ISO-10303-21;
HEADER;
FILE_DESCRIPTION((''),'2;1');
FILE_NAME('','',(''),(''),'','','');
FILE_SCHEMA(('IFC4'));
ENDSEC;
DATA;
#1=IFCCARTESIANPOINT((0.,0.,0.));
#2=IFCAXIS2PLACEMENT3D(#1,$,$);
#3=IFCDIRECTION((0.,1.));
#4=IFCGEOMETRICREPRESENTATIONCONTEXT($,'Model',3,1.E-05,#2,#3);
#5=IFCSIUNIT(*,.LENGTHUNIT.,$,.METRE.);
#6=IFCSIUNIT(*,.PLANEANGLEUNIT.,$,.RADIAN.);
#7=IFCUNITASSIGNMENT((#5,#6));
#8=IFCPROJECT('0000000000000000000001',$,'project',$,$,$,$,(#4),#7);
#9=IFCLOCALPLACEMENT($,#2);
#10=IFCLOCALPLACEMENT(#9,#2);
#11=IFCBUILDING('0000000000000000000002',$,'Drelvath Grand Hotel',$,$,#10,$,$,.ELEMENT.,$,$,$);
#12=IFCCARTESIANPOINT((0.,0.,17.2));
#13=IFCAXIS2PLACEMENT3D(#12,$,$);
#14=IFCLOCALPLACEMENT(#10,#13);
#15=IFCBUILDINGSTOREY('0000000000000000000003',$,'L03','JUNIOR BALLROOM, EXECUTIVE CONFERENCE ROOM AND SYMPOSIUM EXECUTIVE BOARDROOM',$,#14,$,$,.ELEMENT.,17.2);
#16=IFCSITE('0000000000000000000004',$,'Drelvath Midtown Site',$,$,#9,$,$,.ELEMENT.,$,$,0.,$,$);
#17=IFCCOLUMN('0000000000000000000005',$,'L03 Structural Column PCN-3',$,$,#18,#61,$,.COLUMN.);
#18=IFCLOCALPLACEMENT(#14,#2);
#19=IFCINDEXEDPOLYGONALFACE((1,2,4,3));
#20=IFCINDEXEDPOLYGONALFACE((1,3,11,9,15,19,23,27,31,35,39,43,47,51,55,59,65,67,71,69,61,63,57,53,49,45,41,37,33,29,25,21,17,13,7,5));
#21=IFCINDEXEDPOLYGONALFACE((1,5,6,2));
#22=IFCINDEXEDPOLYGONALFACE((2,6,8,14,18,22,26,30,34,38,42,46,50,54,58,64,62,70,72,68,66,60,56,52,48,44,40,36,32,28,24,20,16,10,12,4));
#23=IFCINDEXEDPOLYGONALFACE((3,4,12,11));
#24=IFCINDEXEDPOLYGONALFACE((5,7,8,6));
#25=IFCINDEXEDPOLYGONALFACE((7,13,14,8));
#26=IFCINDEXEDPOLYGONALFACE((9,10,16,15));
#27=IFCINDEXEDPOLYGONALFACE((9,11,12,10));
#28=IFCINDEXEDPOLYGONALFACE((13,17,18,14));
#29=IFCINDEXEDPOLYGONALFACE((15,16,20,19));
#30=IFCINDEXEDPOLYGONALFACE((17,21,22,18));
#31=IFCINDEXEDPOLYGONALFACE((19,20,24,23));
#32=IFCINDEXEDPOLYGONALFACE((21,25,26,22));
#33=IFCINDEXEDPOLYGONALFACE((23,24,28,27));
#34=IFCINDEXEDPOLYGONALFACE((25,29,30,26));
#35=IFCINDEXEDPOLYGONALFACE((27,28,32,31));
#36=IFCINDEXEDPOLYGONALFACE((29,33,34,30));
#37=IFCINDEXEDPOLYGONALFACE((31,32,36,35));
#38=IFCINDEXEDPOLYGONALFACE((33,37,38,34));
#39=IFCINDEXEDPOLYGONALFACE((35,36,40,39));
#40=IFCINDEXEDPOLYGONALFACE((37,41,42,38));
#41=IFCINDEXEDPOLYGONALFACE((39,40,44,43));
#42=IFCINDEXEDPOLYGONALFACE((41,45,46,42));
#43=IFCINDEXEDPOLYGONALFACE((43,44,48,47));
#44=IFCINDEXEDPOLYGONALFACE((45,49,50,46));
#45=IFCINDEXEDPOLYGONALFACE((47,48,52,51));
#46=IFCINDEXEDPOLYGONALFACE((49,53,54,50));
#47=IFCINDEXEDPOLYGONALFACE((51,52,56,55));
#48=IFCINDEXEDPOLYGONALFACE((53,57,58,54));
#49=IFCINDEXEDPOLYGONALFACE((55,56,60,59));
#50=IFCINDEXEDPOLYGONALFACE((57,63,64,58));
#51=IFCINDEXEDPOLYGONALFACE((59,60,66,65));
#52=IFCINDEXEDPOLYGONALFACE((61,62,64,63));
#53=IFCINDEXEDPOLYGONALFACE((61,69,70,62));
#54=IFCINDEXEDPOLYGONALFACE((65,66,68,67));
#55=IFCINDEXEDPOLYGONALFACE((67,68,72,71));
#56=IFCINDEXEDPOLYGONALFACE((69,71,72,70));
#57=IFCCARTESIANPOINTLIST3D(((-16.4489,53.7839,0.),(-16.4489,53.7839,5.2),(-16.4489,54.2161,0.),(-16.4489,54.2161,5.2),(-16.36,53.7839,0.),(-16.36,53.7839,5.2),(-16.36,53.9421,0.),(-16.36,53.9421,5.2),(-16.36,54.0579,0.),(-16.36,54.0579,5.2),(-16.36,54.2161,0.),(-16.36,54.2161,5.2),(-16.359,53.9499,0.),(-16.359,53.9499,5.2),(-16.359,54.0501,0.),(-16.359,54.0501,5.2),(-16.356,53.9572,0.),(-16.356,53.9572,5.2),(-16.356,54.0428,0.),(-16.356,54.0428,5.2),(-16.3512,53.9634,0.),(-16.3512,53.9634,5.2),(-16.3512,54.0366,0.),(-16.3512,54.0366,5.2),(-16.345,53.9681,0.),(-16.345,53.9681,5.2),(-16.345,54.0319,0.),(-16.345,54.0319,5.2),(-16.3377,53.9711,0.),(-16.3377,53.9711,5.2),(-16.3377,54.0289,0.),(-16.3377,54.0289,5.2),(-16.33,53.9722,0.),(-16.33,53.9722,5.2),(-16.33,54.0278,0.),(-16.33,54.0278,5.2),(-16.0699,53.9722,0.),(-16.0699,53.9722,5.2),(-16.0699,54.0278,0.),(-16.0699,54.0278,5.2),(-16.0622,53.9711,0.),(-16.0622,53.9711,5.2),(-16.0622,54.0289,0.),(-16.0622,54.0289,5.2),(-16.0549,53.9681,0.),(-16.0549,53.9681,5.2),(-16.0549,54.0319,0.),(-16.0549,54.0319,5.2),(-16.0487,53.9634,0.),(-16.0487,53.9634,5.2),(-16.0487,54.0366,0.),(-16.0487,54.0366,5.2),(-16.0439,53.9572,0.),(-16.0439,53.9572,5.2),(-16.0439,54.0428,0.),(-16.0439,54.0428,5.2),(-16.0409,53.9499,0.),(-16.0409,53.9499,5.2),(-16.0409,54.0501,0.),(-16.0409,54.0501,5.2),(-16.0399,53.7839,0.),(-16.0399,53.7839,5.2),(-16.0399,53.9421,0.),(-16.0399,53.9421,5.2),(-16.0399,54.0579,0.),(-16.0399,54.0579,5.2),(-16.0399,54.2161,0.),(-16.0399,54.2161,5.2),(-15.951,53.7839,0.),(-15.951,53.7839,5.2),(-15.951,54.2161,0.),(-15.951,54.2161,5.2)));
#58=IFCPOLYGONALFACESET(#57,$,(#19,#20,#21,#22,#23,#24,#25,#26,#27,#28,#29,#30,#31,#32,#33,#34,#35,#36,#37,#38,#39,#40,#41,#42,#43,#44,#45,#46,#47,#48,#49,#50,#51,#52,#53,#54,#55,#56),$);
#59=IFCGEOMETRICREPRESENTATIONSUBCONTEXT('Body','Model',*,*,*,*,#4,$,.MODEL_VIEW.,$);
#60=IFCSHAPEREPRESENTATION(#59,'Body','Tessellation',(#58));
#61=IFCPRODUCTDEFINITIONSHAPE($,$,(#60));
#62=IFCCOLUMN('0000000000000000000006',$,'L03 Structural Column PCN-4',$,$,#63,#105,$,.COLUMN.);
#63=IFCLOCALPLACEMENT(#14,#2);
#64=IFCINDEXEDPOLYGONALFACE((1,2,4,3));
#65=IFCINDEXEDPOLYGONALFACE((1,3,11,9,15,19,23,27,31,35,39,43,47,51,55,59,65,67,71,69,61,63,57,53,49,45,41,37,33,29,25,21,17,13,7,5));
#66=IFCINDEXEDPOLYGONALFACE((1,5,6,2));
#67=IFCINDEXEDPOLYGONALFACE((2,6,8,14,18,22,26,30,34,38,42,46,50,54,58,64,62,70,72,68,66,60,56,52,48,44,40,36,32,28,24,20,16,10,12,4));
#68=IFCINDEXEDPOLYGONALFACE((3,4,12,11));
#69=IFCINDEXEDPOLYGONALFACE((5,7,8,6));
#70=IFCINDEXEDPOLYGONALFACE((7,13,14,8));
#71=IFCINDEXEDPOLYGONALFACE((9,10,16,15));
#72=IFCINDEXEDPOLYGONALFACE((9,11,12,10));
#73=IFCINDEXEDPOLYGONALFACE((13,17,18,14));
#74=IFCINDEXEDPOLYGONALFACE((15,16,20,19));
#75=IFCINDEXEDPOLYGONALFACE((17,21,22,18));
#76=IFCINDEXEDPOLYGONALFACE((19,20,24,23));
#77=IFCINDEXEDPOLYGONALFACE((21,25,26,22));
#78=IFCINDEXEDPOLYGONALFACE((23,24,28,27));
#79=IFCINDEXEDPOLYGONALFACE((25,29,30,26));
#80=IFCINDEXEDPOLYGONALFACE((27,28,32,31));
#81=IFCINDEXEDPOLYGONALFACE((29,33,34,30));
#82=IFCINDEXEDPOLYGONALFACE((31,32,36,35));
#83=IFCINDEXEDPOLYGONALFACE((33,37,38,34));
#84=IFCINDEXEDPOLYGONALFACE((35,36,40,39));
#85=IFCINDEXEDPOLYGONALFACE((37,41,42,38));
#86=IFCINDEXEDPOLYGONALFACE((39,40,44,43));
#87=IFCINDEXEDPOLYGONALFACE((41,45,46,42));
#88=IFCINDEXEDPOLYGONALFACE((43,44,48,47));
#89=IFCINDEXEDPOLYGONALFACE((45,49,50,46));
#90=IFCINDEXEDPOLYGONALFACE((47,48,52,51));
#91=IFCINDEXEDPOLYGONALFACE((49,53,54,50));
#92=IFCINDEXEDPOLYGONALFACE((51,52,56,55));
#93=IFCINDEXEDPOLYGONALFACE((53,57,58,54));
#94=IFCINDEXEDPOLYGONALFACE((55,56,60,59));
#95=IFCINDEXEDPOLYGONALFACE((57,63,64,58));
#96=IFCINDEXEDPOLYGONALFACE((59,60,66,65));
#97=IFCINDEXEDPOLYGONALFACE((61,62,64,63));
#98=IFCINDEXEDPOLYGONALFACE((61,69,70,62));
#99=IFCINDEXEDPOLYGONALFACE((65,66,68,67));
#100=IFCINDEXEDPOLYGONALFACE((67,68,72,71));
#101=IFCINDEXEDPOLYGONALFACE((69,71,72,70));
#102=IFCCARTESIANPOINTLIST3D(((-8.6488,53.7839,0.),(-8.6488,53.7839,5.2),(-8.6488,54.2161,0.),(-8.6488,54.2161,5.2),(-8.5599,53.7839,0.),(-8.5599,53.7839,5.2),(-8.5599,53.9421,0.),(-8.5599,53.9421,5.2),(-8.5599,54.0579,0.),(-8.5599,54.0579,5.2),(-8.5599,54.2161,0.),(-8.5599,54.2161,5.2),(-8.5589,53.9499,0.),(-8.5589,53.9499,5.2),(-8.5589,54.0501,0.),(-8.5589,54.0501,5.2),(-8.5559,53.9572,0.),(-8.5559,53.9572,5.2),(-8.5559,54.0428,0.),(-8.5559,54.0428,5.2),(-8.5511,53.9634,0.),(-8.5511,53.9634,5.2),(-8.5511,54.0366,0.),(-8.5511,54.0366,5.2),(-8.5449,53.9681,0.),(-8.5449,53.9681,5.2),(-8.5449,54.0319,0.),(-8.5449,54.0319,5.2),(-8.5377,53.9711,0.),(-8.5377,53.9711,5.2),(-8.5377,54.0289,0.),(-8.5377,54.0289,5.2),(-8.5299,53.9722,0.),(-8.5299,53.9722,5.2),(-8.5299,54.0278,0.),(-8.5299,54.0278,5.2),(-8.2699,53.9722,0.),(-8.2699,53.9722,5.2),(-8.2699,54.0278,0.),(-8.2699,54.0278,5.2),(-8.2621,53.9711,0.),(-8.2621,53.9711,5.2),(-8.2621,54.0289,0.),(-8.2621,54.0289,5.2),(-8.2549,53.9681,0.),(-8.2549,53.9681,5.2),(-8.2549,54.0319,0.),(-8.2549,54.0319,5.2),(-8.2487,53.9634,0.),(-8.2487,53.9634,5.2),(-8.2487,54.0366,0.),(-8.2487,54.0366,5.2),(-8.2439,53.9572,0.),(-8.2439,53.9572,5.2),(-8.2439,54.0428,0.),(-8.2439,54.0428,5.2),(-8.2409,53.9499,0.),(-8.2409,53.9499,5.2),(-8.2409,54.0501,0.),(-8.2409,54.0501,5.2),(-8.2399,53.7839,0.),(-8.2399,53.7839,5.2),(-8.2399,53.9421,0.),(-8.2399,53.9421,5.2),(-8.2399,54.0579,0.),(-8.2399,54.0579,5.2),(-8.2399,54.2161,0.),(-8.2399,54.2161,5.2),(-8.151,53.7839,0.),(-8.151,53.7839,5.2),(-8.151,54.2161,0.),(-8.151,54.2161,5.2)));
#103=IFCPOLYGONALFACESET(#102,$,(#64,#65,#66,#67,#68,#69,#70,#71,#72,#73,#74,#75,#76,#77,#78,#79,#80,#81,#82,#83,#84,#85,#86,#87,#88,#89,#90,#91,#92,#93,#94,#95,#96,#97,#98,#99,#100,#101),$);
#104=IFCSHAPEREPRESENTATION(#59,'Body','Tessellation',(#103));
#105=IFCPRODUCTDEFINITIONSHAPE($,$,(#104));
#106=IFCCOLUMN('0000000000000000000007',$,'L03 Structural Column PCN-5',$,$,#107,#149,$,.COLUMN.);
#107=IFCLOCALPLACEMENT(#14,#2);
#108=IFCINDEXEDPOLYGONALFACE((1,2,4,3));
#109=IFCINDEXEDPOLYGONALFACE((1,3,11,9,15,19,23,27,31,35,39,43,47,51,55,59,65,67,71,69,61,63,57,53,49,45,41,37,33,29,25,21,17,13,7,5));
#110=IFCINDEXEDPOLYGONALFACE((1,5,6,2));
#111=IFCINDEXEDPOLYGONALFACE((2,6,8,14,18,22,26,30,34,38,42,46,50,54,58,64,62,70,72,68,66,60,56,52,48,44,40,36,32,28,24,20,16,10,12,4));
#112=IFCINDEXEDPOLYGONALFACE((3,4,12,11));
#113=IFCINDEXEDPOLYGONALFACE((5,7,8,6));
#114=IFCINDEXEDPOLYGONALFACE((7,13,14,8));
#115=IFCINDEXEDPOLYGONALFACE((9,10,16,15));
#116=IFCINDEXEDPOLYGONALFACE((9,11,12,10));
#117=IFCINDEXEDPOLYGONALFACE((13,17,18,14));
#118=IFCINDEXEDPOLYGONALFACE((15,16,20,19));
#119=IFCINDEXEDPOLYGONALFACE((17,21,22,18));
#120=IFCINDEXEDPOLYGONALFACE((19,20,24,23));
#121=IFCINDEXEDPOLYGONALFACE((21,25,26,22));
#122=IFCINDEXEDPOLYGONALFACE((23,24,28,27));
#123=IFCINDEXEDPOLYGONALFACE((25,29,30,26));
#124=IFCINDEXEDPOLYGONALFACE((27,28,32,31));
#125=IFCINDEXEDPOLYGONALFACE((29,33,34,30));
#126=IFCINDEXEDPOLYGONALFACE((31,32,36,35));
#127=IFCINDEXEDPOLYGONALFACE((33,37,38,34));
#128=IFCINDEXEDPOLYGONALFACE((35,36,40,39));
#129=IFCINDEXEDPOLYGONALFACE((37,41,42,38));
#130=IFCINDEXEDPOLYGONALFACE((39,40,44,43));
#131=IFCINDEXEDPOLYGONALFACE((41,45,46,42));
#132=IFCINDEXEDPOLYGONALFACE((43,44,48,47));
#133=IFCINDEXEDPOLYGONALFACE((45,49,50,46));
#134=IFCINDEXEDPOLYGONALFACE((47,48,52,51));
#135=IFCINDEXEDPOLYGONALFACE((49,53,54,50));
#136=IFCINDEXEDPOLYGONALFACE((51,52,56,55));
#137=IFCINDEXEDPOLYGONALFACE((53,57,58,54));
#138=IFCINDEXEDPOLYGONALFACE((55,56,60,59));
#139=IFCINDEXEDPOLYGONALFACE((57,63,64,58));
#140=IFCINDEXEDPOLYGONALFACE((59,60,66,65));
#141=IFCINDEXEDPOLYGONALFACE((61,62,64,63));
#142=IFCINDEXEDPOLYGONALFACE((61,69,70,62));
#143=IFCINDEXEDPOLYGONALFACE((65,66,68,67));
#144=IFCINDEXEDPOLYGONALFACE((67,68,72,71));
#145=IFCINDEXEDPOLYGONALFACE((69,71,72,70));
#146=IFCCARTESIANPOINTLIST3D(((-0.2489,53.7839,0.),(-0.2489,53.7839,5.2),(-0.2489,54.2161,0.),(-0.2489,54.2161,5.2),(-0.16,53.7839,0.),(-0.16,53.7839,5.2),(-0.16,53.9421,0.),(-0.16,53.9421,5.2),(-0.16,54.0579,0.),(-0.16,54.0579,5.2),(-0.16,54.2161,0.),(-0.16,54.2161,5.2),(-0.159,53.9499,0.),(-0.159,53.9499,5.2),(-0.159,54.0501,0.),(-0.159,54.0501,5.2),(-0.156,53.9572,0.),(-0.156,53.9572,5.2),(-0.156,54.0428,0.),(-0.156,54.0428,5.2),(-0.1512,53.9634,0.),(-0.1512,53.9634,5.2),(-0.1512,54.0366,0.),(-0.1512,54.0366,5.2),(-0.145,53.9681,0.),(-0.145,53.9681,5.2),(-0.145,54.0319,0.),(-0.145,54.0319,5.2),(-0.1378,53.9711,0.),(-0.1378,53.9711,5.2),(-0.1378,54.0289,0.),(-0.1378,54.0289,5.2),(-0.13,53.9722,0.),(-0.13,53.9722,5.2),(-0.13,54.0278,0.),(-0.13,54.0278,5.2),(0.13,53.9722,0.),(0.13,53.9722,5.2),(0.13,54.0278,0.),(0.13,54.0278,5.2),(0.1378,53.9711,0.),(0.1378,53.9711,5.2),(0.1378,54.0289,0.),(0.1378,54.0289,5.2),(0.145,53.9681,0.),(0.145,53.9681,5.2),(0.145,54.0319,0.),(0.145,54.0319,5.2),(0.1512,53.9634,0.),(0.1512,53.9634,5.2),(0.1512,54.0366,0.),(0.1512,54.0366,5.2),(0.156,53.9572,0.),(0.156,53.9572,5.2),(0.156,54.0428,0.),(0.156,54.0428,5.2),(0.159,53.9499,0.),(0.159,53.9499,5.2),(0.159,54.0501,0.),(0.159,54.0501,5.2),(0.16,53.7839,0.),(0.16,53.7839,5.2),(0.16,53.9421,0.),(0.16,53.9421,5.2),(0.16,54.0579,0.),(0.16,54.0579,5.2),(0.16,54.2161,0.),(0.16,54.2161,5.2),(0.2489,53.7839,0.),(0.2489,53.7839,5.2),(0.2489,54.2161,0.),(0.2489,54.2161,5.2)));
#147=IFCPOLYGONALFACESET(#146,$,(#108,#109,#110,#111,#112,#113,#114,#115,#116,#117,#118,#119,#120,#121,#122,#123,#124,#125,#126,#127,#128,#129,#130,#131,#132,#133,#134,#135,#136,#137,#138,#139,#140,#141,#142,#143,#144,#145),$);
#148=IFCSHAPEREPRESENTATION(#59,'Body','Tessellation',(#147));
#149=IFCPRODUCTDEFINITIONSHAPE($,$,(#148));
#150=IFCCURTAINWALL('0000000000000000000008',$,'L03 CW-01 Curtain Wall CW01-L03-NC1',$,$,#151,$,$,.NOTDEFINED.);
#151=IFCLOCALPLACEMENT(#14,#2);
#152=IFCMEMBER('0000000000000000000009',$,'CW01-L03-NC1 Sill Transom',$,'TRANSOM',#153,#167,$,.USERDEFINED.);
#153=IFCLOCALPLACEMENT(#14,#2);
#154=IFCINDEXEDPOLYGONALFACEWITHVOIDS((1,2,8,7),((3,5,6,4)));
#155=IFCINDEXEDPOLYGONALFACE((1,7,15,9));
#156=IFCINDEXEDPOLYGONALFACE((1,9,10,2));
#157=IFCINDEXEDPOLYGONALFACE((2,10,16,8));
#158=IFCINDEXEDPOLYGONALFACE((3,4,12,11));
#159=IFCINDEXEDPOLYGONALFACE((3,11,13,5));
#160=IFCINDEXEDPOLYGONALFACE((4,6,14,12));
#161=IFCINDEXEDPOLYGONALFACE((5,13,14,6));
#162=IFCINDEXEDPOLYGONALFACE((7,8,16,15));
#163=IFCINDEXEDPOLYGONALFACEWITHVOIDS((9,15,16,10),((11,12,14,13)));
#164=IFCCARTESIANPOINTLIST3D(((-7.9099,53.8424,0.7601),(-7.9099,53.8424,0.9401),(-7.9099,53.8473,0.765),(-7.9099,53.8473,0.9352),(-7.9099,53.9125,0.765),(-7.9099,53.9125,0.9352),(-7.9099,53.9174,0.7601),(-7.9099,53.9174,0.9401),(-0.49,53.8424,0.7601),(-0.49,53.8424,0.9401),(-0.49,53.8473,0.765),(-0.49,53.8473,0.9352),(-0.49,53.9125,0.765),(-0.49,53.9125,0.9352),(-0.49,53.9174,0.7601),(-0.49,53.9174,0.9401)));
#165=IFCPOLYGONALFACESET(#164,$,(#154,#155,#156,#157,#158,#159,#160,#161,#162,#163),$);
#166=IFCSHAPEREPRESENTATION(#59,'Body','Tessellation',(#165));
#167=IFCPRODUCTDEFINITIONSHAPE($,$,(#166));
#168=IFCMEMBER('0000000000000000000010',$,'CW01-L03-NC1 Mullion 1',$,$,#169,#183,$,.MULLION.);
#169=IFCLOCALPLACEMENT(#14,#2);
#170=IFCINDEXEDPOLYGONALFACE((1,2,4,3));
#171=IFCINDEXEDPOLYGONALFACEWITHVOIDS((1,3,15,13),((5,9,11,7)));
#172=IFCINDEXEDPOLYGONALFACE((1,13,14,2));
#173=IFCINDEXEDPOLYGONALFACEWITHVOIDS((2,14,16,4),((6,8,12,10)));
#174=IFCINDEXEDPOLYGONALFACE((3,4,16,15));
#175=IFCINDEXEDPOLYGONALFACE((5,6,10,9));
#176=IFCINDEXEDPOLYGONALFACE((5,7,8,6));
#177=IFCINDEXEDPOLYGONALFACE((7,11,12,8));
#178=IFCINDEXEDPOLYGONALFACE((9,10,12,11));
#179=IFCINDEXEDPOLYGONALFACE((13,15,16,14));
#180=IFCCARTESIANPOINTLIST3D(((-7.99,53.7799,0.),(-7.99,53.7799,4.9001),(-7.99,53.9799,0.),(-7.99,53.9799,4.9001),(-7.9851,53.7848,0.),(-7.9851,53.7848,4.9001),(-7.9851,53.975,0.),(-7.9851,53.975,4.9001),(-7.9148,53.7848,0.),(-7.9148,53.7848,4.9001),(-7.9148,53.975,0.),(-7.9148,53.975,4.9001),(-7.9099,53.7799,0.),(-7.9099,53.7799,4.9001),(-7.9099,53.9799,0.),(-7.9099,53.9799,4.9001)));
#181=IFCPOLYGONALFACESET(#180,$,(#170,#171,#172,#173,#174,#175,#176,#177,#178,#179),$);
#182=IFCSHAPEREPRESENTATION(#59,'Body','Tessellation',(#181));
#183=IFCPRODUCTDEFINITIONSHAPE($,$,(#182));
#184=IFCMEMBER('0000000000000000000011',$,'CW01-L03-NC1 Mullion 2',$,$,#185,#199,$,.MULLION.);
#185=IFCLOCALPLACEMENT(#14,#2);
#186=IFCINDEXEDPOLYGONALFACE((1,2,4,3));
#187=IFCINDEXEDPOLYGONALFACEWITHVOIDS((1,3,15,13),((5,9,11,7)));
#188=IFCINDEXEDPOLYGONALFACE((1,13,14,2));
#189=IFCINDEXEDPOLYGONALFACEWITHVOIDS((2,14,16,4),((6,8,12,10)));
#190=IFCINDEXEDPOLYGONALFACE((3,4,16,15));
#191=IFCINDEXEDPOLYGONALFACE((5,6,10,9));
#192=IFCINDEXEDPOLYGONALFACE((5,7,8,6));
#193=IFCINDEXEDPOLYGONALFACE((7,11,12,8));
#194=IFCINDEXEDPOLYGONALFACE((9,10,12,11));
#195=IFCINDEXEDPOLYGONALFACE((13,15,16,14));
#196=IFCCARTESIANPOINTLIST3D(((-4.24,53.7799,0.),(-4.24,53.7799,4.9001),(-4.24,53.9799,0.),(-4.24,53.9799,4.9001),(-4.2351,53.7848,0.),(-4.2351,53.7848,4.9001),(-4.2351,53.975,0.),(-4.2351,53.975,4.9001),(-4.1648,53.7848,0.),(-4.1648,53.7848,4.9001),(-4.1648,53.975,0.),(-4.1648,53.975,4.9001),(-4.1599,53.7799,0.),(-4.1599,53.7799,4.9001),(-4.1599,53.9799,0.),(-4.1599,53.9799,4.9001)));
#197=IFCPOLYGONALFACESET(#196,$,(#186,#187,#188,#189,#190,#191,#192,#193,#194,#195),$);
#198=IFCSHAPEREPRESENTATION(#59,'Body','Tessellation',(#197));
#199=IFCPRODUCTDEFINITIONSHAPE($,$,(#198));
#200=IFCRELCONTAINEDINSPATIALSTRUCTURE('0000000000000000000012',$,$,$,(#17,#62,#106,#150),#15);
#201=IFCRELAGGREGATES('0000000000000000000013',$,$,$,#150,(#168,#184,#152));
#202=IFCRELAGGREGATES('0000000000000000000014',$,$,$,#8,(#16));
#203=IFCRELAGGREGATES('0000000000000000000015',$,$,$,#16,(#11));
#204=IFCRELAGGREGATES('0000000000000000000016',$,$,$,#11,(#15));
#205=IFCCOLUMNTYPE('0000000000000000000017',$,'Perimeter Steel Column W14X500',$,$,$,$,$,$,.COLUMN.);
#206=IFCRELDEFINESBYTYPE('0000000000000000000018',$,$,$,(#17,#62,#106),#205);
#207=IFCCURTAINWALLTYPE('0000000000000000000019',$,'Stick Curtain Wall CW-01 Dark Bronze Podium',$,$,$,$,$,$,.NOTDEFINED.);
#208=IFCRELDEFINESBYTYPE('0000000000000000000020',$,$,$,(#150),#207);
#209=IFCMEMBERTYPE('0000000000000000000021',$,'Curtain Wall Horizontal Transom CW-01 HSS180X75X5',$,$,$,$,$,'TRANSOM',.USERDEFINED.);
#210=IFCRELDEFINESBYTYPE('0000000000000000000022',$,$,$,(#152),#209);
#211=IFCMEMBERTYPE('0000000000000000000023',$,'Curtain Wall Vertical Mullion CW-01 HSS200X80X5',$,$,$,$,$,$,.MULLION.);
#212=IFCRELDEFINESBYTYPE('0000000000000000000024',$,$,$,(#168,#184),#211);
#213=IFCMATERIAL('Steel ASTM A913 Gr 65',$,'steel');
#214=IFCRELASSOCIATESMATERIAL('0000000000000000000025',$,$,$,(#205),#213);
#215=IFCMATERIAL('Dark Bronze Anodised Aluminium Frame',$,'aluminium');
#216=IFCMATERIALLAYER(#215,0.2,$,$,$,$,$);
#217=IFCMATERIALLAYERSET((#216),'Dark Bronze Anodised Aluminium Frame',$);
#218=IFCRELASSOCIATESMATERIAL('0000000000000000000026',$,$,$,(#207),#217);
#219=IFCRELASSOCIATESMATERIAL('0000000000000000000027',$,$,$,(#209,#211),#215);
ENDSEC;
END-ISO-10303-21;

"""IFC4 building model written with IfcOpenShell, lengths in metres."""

from ifc_helpers import new_model, si_unit, direction, frame, origin, origin_2d, place, context, subcontext, project, spatial, hollow_rectangle, i_section, extrude, material, layer, layer_set, material_profile, profile_set, type_object, element, aggregate, save


model = new_model("IFC4")

# Units and contexts
model_context = context("Model", 3, precision=1e-05, world=origin(), true_north=direction((0.0, 1.0)))
body_context = subcontext(model_context, "Body", "Model", "MODEL_VIEW")
ifc_project = project(units=[si_unit("LENGTHUNIT", "METRE"), si_unit("PLANEANGLEUNIT", "RADIAN")], contexts=[model_context])

# Site, building, storey
site_placement = place(None, origin())
site = spatial("IfcSite", under=ifc_project, at=site_placement, Name="Drelvath Midtown Site", CompositionType="ELEMENT", RefElevation=0.0)
building_placement = place(site_placement, origin())
building = spatial("IfcBuilding", under=site, at=building_placement, Name="Drelvath Grand Hotel", CompositionType="ELEMENT")
storey_placement = place(building_placement, frame((0.0, 0.0, 17.2)))
storey = spatial("IfcBuildingStorey", under=building, at=storey_placement, Name="L03", Description="JUNIOR BALLROOM, EXECUTIVE CONFERENCE ROOM AND SYMPOSIUM EXECUTIVE BOARDROOM", CompositionType="ELEMENT", Elevation=17.2)

# Columns
ifc_material_1 = material(Name="Steel ASTM A913 Gr 65", Category="steel")
ifc_material_profile_1 = material_profile(ifc_material_1, i_section(OverallWidth=0.4321, OverallDepth=0.4978, WebThickness=0.0557, FlangeThickness=0.0889, FilletRadius=0.03, at=origin_2d()), Name="W14X500")
ifc_profile_set_1 = profile_set([ifc_material_profile_1], Name="Steel ASTM A913 Gr 65")
column_type = type_object("IfcColumnType", Name="Perimeter Steel Column W14X500", PredefinedType="COLUMN", material=ifc_profile_set_1)
for number, where, z_axis, x_axis, name in (
    (1, (-16.2, 54.0, 0.0), (0.0, 0.0, 1.0), (0.0, 1.0, 0.0), "L03 Structural Column PCN-3"),
    (2, (-8.3999, 54.0, 0.0), (0.0, 0.0, 1.0), (0.0, 1.0, 0.0), "L03 Structural Column PCN-4"),
    (3, (0.0, 54.0, 0.0), (0.0, 0.0, 1.0), (0.0, 1.0, 0.0), "L03 Structural Column PCN-5"),
):
    element("IfcColumn", number, at=place(storey_placement, frame(where, z_axis=z_axis, x_axis=x_axis)), inside=storey, type_object=column_type, Name=name, PredefinedType="COLUMN", context=body_context, shape_type="SweptSolid", body=[
        extrude(i_section(OverallWidth=0.4321, OverallDepth=0.4978, WebThickness=0.0557, FlangeThickness=0.0889, FilletRadius=0.03, at=origin_2d()), origin(), (0.0, 0.0, 1.0), 5.2),
    ])

# Curtain wall, members
ifc_material_2 = material(Name="Dark Bronze Anodised Aluminium Frame", Category="aluminium")
ifc_layer_1 = layer(ifc_material_2, 0.2)
ifc_layer_set_1 = layer_set([ifc_layer_1], Name="Dark Bronze Anodised Aluminium Frame")
curtain_wall_type = type_object("IfcCurtainWallType", Name="Stick Curtain Wall CW-01 Dark Bronze Podium", PredefinedType="NOTDEFINED", material=ifc_layer_set_1)
curtain_wall_placement = place(storey_placement, origin())
curtain_wall = element("IfcCurtainWall", 4, at=curtain_wall_placement, inside=storey, type_object=curtain_wall_type, Name="L03 CW-01 Curtain Wall CW01-L03-NC1", PredefinedType="NOTDEFINED")
ifc_material_profile_2 = material_profile(ifc_material_2, hollow_rectangle(XDim=0.075, YDim=0.1799, WallThickness=0.0049, at=origin_2d()), Name="HSS180X75X5")
ifc_profile_set_2 = profile_set([ifc_material_profile_2], Name="Dark Bronze Anodised Aluminium Frame")
member_type_1 = type_object("IfcMemberType", Name="Curtain Wall Horizontal Transom CW-01 HSS180X75X5", ElementType="TRANSOM", PredefinedType="USERDEFINED", material=ifc_profile_set_2)
member_1_placement = place(storey_placement, frame((-7.9099, 53.8799, 0.8501), z_axis=(1.0, 0.0, 0.0), x_axis=(0.0, 1.0, 0.0)))
member_1 = element("IfcMember", 5, at=member_1_placement, type_object=member_type_1, Name="CW01-L03-NC1 Sill Transom", ObjectType="TRANSOM", PredefinedType="USERDEFINED", context=body_context, shape_type="SweptSolid", body=[
    extrude(hollow_rectangle(XDim=0.075, YDim=0.1799, WallThickness=0.0049, at=origin_2d()), origin(), (0.0, 0.0, 1.0), 7.4199),
])
ifc_material_profile_3 = material_profile(ifc_material_2, hollow_rectangle(XDim=0.0801, YDim=0.2, WallThickness=0.0049, at=origin_2d()), Name="HSS200X80X5")
ifc_profile_set_3 = profile_set([ifc_material_profile_3], Name="Dark Bronze Anodised Aluminium Frame")
member_type_2 = type_object("IfcMemberType", Name="Curtain Wall Vertical Mullion CW-01 HSS200X80X5", PredefinedType="MULLION", material=ifc_profile_set_3)
member_2_placement = place(storey_placement, frame((-7.95, 53.8799, 0.0), z_axis=(0.0, 0.0, 1.0), x_axis=(1.0, 0.0, 0.0)))
member_2 = element("IfcMember", 6, at=member_2_placement, type_object=member_type_2, Name="CW01-L03-NC1 Mullion 1", PredefinedType="MULLION", context=body_context, shape_type="SweptSolid", body=[
    extrude(hollow_rectangle(XDim=0.0801, YDim=0.2, WallThickness=0.0049, at=origin_2d()), origin(), (0.0, 0.0, 1.0), 4.9001),
])
member_3_placement = place(storey_placement, frame((-4.2, 53.8799, 0.0), z_axis=(0.0, 0.0, 1.0), x_axis=(1.0, 0.0, 0.0)))
member_3 = element("IfcMember", 7, at=member_3_placement, type_object=member_type_2, Name="CW01-L03-NC1 Mullion 2", PredefinedType="MULLION", context=body_context, shape_type="SweptSolid", body=[
    extrude(hollow_rectangle(XDim=0.0801, YDim=0.2, WallThickness=0.0049, at=origin_2d()), origin(), (0.0, 0.0, 1.0), 4.9001),
])

aggregate(curtain_wall, [member_2, member_3, member_1])

save(model, "model.ifc")
